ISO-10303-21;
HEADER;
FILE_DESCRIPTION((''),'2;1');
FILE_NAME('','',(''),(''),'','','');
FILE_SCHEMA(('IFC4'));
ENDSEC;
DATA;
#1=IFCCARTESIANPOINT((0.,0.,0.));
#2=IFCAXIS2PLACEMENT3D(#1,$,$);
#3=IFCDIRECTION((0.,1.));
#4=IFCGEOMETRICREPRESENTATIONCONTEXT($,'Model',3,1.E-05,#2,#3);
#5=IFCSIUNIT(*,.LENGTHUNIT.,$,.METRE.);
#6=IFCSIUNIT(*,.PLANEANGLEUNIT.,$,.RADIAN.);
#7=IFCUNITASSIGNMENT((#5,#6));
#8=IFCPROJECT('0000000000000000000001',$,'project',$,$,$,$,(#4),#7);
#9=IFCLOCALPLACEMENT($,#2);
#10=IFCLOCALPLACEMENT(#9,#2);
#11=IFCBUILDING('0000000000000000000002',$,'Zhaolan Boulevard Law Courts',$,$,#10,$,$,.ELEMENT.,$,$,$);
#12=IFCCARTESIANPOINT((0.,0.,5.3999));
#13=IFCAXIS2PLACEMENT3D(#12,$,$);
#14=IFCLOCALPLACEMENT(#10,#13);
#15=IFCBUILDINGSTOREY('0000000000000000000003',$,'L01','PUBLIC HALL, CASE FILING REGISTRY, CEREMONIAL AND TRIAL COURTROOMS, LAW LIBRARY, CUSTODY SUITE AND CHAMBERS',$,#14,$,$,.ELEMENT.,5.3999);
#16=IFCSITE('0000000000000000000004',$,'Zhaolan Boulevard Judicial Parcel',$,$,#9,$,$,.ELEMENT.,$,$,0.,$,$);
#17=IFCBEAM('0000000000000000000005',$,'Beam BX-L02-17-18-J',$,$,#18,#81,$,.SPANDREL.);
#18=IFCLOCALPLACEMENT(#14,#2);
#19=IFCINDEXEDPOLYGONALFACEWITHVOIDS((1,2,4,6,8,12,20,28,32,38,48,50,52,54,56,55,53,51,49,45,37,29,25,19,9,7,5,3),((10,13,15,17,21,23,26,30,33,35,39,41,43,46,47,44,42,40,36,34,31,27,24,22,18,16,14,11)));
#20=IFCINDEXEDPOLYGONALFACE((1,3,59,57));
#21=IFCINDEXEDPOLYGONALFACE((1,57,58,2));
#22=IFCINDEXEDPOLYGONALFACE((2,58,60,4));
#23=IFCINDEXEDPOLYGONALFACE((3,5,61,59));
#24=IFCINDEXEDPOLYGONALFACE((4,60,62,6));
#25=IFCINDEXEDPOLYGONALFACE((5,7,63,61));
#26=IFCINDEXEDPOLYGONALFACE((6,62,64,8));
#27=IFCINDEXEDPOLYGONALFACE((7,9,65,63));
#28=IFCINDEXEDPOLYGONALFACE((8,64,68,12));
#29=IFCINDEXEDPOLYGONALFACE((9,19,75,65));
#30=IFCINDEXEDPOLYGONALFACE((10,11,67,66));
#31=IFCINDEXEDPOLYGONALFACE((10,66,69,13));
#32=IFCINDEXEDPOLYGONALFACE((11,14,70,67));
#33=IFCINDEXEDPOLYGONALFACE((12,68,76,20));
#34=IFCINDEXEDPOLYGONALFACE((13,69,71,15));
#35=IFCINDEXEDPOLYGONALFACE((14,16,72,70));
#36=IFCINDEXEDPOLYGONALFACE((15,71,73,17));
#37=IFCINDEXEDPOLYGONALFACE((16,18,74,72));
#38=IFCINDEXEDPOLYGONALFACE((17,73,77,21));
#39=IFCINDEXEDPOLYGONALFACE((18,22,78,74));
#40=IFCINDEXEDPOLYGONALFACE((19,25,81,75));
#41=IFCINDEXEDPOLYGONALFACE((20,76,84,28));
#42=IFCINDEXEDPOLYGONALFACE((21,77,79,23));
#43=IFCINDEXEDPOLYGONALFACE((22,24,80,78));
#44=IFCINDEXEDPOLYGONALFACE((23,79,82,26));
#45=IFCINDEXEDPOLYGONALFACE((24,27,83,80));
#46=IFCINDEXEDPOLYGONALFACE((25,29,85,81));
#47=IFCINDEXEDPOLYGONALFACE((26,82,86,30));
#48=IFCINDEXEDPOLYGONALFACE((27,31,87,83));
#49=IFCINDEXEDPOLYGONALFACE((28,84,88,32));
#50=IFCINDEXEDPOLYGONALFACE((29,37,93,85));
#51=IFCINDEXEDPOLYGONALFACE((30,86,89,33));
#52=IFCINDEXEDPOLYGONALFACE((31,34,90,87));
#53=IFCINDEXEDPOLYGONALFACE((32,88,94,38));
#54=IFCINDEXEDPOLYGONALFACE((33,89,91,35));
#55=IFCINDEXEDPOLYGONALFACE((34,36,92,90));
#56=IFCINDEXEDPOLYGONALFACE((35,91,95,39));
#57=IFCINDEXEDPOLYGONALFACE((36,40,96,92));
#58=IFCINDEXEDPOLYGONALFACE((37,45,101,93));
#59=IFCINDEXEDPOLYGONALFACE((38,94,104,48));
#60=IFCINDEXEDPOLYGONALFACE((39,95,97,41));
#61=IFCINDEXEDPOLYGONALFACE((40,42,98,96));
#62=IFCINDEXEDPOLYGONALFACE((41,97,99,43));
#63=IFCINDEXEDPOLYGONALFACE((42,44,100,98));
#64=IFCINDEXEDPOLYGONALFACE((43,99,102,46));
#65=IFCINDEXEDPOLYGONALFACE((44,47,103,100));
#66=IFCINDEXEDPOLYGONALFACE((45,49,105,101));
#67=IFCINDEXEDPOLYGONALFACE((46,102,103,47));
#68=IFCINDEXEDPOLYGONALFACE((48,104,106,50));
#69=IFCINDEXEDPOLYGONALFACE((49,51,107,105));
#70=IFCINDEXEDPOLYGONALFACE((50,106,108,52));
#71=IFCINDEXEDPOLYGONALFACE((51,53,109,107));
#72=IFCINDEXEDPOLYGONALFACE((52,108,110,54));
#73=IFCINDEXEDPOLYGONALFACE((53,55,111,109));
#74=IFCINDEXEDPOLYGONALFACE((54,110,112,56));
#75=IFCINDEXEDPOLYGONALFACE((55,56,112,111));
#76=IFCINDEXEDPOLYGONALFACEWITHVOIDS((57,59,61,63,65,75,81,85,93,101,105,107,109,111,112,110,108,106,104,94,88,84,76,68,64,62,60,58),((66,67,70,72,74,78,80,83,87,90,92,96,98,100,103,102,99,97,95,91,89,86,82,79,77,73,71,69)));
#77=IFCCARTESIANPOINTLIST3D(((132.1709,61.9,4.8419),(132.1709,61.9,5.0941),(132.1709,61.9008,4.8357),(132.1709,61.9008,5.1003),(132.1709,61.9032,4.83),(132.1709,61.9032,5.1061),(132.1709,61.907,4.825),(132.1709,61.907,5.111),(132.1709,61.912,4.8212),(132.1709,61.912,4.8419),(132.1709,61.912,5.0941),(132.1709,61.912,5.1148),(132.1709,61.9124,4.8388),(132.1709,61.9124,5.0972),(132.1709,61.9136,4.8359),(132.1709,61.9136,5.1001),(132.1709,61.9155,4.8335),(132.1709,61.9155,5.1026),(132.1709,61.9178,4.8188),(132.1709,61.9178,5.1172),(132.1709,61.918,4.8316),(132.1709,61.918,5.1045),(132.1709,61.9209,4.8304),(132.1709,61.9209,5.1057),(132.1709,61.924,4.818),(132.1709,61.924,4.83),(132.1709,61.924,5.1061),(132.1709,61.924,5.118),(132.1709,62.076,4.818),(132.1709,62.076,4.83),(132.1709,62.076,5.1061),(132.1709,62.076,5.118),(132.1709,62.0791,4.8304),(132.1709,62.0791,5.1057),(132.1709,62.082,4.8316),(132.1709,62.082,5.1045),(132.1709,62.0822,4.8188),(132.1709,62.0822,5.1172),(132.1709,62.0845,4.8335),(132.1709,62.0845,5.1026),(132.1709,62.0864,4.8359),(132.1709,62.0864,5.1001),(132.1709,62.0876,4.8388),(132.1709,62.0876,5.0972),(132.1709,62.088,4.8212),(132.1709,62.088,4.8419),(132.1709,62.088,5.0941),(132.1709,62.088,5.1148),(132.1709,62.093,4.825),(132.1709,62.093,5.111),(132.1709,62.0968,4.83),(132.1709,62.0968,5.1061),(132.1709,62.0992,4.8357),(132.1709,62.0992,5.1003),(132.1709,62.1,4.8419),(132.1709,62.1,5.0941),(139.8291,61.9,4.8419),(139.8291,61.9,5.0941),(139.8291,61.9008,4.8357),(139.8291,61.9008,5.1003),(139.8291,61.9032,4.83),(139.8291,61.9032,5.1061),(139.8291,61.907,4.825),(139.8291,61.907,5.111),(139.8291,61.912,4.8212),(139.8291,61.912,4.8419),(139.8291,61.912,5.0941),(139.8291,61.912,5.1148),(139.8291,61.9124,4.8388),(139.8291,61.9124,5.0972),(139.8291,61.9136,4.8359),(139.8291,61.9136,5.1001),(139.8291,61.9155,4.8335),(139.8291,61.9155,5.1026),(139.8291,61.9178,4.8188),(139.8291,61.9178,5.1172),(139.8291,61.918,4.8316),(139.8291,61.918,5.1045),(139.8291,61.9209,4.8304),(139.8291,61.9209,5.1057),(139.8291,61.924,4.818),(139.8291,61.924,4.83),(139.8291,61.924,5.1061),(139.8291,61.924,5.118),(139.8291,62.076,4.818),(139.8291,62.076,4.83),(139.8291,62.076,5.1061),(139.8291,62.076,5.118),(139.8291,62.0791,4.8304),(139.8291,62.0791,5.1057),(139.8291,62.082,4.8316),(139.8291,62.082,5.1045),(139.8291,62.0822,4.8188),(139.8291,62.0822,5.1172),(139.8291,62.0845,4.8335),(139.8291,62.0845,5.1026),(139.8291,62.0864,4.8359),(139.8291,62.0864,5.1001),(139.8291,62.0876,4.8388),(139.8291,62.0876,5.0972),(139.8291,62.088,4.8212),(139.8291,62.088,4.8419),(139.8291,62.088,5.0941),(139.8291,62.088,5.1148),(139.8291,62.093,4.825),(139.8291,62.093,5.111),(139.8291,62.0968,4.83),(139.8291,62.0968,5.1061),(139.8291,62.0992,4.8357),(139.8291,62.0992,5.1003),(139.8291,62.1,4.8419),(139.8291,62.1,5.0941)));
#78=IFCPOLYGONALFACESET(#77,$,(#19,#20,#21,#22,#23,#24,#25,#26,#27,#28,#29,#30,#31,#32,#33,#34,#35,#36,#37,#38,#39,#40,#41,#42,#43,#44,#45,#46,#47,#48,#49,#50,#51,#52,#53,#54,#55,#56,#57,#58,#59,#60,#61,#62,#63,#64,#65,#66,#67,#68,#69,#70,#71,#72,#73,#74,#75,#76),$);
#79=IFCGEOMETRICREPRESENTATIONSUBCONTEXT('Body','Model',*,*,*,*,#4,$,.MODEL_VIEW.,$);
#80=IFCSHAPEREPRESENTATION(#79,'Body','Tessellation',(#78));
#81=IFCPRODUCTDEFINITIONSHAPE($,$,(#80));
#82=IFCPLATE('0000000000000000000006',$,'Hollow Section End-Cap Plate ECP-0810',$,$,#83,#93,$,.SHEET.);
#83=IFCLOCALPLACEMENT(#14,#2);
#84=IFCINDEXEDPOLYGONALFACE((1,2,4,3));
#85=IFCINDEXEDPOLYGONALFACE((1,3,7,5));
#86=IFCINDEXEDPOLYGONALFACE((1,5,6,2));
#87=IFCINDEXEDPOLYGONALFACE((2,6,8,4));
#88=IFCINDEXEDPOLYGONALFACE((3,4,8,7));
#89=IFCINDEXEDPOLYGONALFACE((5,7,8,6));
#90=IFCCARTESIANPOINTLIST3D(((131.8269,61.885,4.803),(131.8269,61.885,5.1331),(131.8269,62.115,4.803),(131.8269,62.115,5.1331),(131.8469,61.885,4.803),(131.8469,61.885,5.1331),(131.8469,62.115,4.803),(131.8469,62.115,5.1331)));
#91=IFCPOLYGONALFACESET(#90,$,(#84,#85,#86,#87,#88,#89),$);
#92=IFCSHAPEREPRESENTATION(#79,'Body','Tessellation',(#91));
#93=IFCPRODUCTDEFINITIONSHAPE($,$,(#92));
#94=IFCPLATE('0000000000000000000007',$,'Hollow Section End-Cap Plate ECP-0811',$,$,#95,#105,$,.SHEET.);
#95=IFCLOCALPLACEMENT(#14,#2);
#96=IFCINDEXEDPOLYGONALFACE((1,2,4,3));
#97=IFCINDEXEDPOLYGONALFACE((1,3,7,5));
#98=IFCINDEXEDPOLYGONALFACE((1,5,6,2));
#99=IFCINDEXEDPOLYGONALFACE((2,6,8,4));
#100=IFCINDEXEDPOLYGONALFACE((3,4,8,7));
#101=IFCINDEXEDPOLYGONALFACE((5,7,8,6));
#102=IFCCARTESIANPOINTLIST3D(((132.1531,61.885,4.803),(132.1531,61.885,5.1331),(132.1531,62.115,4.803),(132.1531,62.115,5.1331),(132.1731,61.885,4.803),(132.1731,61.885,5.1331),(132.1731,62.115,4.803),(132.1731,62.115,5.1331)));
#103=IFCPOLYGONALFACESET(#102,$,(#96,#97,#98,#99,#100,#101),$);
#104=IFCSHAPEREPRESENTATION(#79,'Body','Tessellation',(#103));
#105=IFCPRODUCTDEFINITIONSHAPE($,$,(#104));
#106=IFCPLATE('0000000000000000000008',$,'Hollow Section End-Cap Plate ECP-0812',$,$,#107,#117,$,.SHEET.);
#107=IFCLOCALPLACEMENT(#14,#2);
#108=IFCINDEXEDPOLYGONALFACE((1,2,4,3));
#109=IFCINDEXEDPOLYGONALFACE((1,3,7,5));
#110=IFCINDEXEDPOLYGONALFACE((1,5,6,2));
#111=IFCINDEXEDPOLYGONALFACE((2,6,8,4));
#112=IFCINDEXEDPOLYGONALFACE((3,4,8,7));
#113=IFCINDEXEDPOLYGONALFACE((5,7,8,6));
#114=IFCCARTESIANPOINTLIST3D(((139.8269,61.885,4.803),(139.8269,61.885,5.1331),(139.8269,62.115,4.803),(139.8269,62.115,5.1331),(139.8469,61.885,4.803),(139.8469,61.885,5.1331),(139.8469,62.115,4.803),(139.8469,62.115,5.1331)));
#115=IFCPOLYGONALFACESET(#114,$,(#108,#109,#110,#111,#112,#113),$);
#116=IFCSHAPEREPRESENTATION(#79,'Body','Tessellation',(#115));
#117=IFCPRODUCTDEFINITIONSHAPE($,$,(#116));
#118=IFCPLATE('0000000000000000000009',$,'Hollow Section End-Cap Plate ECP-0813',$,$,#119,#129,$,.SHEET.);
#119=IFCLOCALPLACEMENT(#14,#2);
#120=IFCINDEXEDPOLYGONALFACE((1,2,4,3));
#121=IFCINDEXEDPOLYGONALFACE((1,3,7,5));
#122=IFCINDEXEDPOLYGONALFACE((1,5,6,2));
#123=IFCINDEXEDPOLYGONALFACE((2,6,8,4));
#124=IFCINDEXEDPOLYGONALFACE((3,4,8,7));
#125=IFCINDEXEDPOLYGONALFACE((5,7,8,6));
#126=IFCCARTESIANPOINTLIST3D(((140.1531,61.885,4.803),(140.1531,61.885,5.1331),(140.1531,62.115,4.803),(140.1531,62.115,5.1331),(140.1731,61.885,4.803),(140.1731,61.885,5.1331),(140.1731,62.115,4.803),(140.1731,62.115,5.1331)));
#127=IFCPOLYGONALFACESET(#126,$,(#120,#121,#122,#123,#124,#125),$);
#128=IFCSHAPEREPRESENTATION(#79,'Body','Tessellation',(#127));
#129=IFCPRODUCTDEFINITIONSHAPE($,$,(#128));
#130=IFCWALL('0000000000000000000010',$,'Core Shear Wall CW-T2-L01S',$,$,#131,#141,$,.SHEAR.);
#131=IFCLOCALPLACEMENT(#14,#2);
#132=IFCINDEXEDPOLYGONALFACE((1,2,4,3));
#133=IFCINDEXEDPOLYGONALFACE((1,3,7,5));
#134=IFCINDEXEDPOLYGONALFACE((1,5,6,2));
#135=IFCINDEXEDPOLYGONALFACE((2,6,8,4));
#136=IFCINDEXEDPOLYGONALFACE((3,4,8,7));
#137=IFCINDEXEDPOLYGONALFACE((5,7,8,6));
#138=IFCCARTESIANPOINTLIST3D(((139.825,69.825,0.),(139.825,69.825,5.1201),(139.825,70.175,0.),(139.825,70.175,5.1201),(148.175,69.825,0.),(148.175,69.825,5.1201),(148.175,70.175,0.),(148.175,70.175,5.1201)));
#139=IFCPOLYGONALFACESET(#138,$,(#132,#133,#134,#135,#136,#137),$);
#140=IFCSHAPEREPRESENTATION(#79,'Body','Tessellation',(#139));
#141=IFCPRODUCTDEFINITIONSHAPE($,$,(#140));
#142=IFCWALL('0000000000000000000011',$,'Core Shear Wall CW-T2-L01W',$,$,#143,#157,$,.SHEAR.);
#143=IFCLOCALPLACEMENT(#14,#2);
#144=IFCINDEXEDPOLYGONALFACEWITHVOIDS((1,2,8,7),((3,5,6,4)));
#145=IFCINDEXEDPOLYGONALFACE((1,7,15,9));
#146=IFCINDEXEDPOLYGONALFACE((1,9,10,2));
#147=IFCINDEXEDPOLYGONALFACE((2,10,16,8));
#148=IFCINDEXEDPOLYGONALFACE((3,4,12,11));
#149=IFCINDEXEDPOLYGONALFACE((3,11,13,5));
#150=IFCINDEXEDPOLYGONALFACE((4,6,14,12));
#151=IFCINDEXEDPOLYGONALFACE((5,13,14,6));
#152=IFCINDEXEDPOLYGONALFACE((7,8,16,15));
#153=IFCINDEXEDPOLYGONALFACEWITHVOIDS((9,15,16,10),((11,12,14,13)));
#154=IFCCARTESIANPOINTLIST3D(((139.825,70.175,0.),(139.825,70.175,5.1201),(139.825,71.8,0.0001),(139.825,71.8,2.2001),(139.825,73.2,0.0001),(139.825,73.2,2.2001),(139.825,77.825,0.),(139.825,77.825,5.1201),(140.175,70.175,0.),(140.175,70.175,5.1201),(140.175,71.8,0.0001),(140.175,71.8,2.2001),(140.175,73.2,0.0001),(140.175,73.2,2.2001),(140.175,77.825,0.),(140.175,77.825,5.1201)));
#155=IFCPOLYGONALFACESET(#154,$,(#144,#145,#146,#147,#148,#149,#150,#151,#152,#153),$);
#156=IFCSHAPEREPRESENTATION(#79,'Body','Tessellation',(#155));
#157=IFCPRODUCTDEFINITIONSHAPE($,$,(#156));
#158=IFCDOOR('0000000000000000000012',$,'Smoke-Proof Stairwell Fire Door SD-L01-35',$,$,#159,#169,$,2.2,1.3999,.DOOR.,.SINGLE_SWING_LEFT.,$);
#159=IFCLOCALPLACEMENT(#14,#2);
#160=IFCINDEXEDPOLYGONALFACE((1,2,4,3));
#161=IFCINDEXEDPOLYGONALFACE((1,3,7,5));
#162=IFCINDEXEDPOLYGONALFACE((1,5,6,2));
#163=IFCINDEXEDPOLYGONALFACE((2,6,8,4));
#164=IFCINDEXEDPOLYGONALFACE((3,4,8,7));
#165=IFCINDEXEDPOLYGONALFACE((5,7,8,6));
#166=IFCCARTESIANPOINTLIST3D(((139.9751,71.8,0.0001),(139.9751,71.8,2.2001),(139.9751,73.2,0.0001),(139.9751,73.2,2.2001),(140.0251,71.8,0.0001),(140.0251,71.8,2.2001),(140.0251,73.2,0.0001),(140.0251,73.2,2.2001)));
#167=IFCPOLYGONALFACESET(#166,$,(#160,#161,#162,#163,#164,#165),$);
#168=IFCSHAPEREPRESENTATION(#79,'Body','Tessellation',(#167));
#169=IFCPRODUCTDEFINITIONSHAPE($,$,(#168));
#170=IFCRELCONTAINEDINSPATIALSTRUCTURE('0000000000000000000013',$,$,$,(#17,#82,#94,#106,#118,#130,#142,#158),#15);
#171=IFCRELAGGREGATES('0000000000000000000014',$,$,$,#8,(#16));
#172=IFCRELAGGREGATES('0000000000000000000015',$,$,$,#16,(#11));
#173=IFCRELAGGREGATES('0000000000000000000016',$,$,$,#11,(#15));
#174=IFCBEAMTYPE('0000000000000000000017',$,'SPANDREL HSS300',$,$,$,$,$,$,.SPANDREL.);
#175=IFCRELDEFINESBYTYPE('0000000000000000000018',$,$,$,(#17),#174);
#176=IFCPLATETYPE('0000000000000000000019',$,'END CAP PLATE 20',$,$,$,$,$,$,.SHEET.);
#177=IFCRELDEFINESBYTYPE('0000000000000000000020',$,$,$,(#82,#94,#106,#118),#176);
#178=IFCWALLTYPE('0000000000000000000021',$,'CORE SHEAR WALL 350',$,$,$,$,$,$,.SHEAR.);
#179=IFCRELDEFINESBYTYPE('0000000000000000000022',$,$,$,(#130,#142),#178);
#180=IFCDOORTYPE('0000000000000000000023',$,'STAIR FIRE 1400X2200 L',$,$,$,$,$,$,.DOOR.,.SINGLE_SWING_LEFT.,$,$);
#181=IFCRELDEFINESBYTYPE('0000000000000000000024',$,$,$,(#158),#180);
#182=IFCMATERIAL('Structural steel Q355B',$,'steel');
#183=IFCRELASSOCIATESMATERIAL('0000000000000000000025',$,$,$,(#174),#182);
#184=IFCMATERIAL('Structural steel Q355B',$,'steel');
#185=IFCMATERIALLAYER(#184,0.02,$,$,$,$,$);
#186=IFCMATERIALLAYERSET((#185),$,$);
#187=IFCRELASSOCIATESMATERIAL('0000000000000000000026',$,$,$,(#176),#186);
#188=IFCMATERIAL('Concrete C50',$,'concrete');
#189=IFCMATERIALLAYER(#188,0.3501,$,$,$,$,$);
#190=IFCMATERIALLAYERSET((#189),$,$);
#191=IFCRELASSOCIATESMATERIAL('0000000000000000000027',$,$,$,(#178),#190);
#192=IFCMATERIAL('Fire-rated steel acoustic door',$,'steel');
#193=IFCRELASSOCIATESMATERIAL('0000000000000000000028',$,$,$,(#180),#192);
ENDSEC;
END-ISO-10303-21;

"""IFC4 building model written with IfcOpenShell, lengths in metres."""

from ifc_helpers import new_model, si_unit, direction, frame, frame_2d, origin, origin_2d, place, context, subcontext, project, spatial, rectangle, hollow_rectangle, extrude, material, layer, layer_set, material_profile, profile_set, type_object, element, fill, save


model = new_model("IFC4")

# Units and contexts
model_context = context("Model", 3, precision=1e-05, world=origin(), true_north=direction((0.0, 1.0)))
body_context = subcontext(model_context, "Body", "Model", "MODEL_VIEW")
ifc_project = project(units=[si_unit("LENGTHUNIT", "METRE"), si_unit("PLANEANGLEUNIT", "RADIAN")], contexts=[model_context])

# Site, building, storey
site_placement = place(None, origin())
site = spatial("IfcSite", under=ifc_project, at=site_placement, Name="Zhaolan Boulevard Judicial Parcel", CompositionType="ELEMENT", RefElevation=0.0)
building_placement = place(site_placement, origin())
building = spatial("IfcBuilding", under=site, at=building_placement, Name="Zhaolan Boulevard Law Courts", CompositionType="ELEMENT")
storey_placement = place(building_placement, frame((0.0, 0.0, 5.3999)))
storey = spatial("IfcBuildingStorey", under=building, at=storey_placement, Name="L01", Description="PUBLIC HALL, CASE FILING REGISTRY, CEREMONIAL AND TRIAL COURTROOMS, LAW LIBRARY, CUSTODY SUITE AND CHAMBERS", CompositionType="ELEMENT", Elevation=5.3999)

# Beam
ifc_material_1 = material(Name="Structural steel Q355B", Category="steel")
ifc_material_profile_1 = material_profile(ifc_material_1, hollow_rectangle(XDim=0.2, YDim=0.3, WallThickness=0.012, InnerFilletRadius=0.012, OuterFilletRadius=0.0239, at=origin_2d()), Name="HSS300x200x12")
ifc_profile_set_1 = profile_set([ifc_material_profile_1], Name="Structural steel Q355B")
beam_type_1 = type_object("IfcBeamType", Name="SPANDREL HSS300", PredefinedType="SPANDREL", material=ifc_profile_set_1)
beam_1_placement = place(storey_placement, frame((132.1709, 62.0, 4.968), z_axis=(1.0, 0.0, 0.0), x_axis=(0.0, 1.0, 0.0)))
element("IfcBeam", 1, at=beam_1_placement, inside=storey, type_object=beam_type_1, Name="Beam BX-L02-17-18-J", PredefinedType="SPANDREL", context=body_context, shape_type="SweptSolid", body=[
    extrude(hollow_rectangle(XDim=0.2, YDim=0.3, WallThickness=0.012, InnerFilletRadius=0.012, OuterFilletRadius=0.0239, at=origin_2d()), origin(), (0.0, 0.0, 1.0), 7.6582),
])

# Plates
ifc_material_2 = material(Name="Structural steel Q355B", Category="steel")
ifc_layer_1 = layer(ifc_material_2, 0.02)
ifc_layer_set_1 = layer_set([ifc_layer_1])
plate_type = type_object("IfcPlateType", Name="END CAP PLATE 20", PredefinedType="SHEET", material=ifc_layer_set_1)
for number, where, z_axis, x_axis, name in (
    (2, (131.8369, 62.0, 4.803), (0.0, 0.0, 1.0), (1.0, 0.0, 0.0), "Hollow Section End-Cap Plate ECP-0810"),
    (3, (132.1631, 62.0, 4.803), (0.0, 0.0, 1.0), (1.0, 0.0, 0.0), "Hollow Section End-Cap Plate ECP-0811"),
    (4, (139.8369, 62.0, 4.803), (0.0, 0.0, 1.0), (1.0, 0.0, 0.0), "Hollow Section End-Cap Plate ECP-0812"),
    (5, (140.1631, 62.0, 4.803), (0.0, 0.0, 1.0), (1.0, 0.0, 0.0), "Hollow Section End-Cap Plate ECP-0813"),
):
    element("IfcPlate", number, at=place(storey_placement, frame(where, z_axis=z_axis, x_axis=x_axis)), inside=storey, type_object=plate_type, Name=name, PredefinedType="SHEET", context=body_context, shape_type="SweptSolid", body=[
        extrude(rectangle(XDim=0.02, YDim=0.23, at=origin_2d()), origin(), (0.0, 0.0, 1.0), 0.3301),
    ])

# Wall
ifc_material_3 = material(Name="Concrete C50", Category="concrete")
ifc_layer_2 = layer(ifc_material_3, 0.3501)
ifc_layer_set_2 = layer_set([ifc_layer_2])
wall_type_1 = type_object("IfcWallType", Name="CORE SHEAR WALL 350", PredefinedType="SHEAR", material=ifc_layer_set_2)
wall_1_placement = place(storey_placement, frame((139.825, 70.0, 0.0), z_axis=(0.0, 0.0, 1.0), x_axis=(1.0, 0.0, 0.0)))
element("IfcWall", 6, at=wall_1_placement, inside=storey, type_object=wall_type_1, Name="Core Shear Wall CW-T2-L01S", PredefinedType="SHEAR", context=body_context, shape_type="SweptSolid", body=[
    extrude(rectangle(XDim=8.3501, YDim=0.3501, at=frame_2d((4.175, 0.0))), origin(), (0.0, 0.0, 1.0), 5.1201),
])

# Wall, opening, door
wall_2_placement = place(storey_placement, frame((140.0, 70.175, 0.0), z_axis=(0.0, 0.0, 1.0), x_axis=(0.0, 1.0, 0.0)))
wall_2 = element("IfcWall", 7, at=wall_2_placement, inside=storey, type_object=wall_type_1, Name="Core Shear Wall CW-T2-L01W", PredefinedType="SHEAR", context=body_context, shape_type="SweptSolid", body=[
    extrude(rectangle(XDim=7.6499, YDim=0.3501, at=frame_2d((3.825, 0.0))), origin(), (0.0, 0.0, 1.0), 5.1201),
])
opening_1_placement = place(wall_2_placement, frame((1.625, 0.0, 0.0)))
opening_1 = element("IfcOpeningElement", 8, at=opening_1_placement, cuts=wall_2, PredefinedType="OPENING", context=body_context, shape_type="SweptSolid", body=[
    extrude(rectangle(XDim=1.3999, YDim=2.2, at=frame_2d((0.7, 1.1001))), frame((0.0, 0.1851, 0.0), z_axis=(0.0, -1.0, 0.0), x_axis=(1.0, 0.0, 0.0)), (0.0, 0.0, 1.0), 0.3701),
])
ifc_material_4 = material(Name="Fire-rated steel acoustic door", Category="steel")
door_type = type_object("IfcDoorType", Name="STAIR FIRE 1400X2200 L", OperationType="SINGLE_SWING_LEFT", PredefinedType="DOOR", material=ifc_material_4)
door_placement = place(opening_1_placement, origin())
door = element("IfcDoor", 9, at=door_placement, inside=storey, type_object=door_type, Name="Smoke-Proof Stairwell Fire Door SD-L01-35", OperationType="SINGLE_SWING_LEFT", OverallHeight=2.2, OverallWidth=1.3999, PredefinedType="DOOR", context=body_context, shape_type="SweptSolid", body=[
    extrude(rectangle(XDim=1.3999, YDim=2.2, at=frame_2d((0.7, 1.1001))), frame((0.0, 0.0249, 0.0), z_axis=(0.0, -1.0, 0.0), x_axis=(1.0, 0.0, 0.0)), (0.0, 0.0, 1.0), 0.05),
])
fill(opening_1, door)

save(model, "model.ifc")
